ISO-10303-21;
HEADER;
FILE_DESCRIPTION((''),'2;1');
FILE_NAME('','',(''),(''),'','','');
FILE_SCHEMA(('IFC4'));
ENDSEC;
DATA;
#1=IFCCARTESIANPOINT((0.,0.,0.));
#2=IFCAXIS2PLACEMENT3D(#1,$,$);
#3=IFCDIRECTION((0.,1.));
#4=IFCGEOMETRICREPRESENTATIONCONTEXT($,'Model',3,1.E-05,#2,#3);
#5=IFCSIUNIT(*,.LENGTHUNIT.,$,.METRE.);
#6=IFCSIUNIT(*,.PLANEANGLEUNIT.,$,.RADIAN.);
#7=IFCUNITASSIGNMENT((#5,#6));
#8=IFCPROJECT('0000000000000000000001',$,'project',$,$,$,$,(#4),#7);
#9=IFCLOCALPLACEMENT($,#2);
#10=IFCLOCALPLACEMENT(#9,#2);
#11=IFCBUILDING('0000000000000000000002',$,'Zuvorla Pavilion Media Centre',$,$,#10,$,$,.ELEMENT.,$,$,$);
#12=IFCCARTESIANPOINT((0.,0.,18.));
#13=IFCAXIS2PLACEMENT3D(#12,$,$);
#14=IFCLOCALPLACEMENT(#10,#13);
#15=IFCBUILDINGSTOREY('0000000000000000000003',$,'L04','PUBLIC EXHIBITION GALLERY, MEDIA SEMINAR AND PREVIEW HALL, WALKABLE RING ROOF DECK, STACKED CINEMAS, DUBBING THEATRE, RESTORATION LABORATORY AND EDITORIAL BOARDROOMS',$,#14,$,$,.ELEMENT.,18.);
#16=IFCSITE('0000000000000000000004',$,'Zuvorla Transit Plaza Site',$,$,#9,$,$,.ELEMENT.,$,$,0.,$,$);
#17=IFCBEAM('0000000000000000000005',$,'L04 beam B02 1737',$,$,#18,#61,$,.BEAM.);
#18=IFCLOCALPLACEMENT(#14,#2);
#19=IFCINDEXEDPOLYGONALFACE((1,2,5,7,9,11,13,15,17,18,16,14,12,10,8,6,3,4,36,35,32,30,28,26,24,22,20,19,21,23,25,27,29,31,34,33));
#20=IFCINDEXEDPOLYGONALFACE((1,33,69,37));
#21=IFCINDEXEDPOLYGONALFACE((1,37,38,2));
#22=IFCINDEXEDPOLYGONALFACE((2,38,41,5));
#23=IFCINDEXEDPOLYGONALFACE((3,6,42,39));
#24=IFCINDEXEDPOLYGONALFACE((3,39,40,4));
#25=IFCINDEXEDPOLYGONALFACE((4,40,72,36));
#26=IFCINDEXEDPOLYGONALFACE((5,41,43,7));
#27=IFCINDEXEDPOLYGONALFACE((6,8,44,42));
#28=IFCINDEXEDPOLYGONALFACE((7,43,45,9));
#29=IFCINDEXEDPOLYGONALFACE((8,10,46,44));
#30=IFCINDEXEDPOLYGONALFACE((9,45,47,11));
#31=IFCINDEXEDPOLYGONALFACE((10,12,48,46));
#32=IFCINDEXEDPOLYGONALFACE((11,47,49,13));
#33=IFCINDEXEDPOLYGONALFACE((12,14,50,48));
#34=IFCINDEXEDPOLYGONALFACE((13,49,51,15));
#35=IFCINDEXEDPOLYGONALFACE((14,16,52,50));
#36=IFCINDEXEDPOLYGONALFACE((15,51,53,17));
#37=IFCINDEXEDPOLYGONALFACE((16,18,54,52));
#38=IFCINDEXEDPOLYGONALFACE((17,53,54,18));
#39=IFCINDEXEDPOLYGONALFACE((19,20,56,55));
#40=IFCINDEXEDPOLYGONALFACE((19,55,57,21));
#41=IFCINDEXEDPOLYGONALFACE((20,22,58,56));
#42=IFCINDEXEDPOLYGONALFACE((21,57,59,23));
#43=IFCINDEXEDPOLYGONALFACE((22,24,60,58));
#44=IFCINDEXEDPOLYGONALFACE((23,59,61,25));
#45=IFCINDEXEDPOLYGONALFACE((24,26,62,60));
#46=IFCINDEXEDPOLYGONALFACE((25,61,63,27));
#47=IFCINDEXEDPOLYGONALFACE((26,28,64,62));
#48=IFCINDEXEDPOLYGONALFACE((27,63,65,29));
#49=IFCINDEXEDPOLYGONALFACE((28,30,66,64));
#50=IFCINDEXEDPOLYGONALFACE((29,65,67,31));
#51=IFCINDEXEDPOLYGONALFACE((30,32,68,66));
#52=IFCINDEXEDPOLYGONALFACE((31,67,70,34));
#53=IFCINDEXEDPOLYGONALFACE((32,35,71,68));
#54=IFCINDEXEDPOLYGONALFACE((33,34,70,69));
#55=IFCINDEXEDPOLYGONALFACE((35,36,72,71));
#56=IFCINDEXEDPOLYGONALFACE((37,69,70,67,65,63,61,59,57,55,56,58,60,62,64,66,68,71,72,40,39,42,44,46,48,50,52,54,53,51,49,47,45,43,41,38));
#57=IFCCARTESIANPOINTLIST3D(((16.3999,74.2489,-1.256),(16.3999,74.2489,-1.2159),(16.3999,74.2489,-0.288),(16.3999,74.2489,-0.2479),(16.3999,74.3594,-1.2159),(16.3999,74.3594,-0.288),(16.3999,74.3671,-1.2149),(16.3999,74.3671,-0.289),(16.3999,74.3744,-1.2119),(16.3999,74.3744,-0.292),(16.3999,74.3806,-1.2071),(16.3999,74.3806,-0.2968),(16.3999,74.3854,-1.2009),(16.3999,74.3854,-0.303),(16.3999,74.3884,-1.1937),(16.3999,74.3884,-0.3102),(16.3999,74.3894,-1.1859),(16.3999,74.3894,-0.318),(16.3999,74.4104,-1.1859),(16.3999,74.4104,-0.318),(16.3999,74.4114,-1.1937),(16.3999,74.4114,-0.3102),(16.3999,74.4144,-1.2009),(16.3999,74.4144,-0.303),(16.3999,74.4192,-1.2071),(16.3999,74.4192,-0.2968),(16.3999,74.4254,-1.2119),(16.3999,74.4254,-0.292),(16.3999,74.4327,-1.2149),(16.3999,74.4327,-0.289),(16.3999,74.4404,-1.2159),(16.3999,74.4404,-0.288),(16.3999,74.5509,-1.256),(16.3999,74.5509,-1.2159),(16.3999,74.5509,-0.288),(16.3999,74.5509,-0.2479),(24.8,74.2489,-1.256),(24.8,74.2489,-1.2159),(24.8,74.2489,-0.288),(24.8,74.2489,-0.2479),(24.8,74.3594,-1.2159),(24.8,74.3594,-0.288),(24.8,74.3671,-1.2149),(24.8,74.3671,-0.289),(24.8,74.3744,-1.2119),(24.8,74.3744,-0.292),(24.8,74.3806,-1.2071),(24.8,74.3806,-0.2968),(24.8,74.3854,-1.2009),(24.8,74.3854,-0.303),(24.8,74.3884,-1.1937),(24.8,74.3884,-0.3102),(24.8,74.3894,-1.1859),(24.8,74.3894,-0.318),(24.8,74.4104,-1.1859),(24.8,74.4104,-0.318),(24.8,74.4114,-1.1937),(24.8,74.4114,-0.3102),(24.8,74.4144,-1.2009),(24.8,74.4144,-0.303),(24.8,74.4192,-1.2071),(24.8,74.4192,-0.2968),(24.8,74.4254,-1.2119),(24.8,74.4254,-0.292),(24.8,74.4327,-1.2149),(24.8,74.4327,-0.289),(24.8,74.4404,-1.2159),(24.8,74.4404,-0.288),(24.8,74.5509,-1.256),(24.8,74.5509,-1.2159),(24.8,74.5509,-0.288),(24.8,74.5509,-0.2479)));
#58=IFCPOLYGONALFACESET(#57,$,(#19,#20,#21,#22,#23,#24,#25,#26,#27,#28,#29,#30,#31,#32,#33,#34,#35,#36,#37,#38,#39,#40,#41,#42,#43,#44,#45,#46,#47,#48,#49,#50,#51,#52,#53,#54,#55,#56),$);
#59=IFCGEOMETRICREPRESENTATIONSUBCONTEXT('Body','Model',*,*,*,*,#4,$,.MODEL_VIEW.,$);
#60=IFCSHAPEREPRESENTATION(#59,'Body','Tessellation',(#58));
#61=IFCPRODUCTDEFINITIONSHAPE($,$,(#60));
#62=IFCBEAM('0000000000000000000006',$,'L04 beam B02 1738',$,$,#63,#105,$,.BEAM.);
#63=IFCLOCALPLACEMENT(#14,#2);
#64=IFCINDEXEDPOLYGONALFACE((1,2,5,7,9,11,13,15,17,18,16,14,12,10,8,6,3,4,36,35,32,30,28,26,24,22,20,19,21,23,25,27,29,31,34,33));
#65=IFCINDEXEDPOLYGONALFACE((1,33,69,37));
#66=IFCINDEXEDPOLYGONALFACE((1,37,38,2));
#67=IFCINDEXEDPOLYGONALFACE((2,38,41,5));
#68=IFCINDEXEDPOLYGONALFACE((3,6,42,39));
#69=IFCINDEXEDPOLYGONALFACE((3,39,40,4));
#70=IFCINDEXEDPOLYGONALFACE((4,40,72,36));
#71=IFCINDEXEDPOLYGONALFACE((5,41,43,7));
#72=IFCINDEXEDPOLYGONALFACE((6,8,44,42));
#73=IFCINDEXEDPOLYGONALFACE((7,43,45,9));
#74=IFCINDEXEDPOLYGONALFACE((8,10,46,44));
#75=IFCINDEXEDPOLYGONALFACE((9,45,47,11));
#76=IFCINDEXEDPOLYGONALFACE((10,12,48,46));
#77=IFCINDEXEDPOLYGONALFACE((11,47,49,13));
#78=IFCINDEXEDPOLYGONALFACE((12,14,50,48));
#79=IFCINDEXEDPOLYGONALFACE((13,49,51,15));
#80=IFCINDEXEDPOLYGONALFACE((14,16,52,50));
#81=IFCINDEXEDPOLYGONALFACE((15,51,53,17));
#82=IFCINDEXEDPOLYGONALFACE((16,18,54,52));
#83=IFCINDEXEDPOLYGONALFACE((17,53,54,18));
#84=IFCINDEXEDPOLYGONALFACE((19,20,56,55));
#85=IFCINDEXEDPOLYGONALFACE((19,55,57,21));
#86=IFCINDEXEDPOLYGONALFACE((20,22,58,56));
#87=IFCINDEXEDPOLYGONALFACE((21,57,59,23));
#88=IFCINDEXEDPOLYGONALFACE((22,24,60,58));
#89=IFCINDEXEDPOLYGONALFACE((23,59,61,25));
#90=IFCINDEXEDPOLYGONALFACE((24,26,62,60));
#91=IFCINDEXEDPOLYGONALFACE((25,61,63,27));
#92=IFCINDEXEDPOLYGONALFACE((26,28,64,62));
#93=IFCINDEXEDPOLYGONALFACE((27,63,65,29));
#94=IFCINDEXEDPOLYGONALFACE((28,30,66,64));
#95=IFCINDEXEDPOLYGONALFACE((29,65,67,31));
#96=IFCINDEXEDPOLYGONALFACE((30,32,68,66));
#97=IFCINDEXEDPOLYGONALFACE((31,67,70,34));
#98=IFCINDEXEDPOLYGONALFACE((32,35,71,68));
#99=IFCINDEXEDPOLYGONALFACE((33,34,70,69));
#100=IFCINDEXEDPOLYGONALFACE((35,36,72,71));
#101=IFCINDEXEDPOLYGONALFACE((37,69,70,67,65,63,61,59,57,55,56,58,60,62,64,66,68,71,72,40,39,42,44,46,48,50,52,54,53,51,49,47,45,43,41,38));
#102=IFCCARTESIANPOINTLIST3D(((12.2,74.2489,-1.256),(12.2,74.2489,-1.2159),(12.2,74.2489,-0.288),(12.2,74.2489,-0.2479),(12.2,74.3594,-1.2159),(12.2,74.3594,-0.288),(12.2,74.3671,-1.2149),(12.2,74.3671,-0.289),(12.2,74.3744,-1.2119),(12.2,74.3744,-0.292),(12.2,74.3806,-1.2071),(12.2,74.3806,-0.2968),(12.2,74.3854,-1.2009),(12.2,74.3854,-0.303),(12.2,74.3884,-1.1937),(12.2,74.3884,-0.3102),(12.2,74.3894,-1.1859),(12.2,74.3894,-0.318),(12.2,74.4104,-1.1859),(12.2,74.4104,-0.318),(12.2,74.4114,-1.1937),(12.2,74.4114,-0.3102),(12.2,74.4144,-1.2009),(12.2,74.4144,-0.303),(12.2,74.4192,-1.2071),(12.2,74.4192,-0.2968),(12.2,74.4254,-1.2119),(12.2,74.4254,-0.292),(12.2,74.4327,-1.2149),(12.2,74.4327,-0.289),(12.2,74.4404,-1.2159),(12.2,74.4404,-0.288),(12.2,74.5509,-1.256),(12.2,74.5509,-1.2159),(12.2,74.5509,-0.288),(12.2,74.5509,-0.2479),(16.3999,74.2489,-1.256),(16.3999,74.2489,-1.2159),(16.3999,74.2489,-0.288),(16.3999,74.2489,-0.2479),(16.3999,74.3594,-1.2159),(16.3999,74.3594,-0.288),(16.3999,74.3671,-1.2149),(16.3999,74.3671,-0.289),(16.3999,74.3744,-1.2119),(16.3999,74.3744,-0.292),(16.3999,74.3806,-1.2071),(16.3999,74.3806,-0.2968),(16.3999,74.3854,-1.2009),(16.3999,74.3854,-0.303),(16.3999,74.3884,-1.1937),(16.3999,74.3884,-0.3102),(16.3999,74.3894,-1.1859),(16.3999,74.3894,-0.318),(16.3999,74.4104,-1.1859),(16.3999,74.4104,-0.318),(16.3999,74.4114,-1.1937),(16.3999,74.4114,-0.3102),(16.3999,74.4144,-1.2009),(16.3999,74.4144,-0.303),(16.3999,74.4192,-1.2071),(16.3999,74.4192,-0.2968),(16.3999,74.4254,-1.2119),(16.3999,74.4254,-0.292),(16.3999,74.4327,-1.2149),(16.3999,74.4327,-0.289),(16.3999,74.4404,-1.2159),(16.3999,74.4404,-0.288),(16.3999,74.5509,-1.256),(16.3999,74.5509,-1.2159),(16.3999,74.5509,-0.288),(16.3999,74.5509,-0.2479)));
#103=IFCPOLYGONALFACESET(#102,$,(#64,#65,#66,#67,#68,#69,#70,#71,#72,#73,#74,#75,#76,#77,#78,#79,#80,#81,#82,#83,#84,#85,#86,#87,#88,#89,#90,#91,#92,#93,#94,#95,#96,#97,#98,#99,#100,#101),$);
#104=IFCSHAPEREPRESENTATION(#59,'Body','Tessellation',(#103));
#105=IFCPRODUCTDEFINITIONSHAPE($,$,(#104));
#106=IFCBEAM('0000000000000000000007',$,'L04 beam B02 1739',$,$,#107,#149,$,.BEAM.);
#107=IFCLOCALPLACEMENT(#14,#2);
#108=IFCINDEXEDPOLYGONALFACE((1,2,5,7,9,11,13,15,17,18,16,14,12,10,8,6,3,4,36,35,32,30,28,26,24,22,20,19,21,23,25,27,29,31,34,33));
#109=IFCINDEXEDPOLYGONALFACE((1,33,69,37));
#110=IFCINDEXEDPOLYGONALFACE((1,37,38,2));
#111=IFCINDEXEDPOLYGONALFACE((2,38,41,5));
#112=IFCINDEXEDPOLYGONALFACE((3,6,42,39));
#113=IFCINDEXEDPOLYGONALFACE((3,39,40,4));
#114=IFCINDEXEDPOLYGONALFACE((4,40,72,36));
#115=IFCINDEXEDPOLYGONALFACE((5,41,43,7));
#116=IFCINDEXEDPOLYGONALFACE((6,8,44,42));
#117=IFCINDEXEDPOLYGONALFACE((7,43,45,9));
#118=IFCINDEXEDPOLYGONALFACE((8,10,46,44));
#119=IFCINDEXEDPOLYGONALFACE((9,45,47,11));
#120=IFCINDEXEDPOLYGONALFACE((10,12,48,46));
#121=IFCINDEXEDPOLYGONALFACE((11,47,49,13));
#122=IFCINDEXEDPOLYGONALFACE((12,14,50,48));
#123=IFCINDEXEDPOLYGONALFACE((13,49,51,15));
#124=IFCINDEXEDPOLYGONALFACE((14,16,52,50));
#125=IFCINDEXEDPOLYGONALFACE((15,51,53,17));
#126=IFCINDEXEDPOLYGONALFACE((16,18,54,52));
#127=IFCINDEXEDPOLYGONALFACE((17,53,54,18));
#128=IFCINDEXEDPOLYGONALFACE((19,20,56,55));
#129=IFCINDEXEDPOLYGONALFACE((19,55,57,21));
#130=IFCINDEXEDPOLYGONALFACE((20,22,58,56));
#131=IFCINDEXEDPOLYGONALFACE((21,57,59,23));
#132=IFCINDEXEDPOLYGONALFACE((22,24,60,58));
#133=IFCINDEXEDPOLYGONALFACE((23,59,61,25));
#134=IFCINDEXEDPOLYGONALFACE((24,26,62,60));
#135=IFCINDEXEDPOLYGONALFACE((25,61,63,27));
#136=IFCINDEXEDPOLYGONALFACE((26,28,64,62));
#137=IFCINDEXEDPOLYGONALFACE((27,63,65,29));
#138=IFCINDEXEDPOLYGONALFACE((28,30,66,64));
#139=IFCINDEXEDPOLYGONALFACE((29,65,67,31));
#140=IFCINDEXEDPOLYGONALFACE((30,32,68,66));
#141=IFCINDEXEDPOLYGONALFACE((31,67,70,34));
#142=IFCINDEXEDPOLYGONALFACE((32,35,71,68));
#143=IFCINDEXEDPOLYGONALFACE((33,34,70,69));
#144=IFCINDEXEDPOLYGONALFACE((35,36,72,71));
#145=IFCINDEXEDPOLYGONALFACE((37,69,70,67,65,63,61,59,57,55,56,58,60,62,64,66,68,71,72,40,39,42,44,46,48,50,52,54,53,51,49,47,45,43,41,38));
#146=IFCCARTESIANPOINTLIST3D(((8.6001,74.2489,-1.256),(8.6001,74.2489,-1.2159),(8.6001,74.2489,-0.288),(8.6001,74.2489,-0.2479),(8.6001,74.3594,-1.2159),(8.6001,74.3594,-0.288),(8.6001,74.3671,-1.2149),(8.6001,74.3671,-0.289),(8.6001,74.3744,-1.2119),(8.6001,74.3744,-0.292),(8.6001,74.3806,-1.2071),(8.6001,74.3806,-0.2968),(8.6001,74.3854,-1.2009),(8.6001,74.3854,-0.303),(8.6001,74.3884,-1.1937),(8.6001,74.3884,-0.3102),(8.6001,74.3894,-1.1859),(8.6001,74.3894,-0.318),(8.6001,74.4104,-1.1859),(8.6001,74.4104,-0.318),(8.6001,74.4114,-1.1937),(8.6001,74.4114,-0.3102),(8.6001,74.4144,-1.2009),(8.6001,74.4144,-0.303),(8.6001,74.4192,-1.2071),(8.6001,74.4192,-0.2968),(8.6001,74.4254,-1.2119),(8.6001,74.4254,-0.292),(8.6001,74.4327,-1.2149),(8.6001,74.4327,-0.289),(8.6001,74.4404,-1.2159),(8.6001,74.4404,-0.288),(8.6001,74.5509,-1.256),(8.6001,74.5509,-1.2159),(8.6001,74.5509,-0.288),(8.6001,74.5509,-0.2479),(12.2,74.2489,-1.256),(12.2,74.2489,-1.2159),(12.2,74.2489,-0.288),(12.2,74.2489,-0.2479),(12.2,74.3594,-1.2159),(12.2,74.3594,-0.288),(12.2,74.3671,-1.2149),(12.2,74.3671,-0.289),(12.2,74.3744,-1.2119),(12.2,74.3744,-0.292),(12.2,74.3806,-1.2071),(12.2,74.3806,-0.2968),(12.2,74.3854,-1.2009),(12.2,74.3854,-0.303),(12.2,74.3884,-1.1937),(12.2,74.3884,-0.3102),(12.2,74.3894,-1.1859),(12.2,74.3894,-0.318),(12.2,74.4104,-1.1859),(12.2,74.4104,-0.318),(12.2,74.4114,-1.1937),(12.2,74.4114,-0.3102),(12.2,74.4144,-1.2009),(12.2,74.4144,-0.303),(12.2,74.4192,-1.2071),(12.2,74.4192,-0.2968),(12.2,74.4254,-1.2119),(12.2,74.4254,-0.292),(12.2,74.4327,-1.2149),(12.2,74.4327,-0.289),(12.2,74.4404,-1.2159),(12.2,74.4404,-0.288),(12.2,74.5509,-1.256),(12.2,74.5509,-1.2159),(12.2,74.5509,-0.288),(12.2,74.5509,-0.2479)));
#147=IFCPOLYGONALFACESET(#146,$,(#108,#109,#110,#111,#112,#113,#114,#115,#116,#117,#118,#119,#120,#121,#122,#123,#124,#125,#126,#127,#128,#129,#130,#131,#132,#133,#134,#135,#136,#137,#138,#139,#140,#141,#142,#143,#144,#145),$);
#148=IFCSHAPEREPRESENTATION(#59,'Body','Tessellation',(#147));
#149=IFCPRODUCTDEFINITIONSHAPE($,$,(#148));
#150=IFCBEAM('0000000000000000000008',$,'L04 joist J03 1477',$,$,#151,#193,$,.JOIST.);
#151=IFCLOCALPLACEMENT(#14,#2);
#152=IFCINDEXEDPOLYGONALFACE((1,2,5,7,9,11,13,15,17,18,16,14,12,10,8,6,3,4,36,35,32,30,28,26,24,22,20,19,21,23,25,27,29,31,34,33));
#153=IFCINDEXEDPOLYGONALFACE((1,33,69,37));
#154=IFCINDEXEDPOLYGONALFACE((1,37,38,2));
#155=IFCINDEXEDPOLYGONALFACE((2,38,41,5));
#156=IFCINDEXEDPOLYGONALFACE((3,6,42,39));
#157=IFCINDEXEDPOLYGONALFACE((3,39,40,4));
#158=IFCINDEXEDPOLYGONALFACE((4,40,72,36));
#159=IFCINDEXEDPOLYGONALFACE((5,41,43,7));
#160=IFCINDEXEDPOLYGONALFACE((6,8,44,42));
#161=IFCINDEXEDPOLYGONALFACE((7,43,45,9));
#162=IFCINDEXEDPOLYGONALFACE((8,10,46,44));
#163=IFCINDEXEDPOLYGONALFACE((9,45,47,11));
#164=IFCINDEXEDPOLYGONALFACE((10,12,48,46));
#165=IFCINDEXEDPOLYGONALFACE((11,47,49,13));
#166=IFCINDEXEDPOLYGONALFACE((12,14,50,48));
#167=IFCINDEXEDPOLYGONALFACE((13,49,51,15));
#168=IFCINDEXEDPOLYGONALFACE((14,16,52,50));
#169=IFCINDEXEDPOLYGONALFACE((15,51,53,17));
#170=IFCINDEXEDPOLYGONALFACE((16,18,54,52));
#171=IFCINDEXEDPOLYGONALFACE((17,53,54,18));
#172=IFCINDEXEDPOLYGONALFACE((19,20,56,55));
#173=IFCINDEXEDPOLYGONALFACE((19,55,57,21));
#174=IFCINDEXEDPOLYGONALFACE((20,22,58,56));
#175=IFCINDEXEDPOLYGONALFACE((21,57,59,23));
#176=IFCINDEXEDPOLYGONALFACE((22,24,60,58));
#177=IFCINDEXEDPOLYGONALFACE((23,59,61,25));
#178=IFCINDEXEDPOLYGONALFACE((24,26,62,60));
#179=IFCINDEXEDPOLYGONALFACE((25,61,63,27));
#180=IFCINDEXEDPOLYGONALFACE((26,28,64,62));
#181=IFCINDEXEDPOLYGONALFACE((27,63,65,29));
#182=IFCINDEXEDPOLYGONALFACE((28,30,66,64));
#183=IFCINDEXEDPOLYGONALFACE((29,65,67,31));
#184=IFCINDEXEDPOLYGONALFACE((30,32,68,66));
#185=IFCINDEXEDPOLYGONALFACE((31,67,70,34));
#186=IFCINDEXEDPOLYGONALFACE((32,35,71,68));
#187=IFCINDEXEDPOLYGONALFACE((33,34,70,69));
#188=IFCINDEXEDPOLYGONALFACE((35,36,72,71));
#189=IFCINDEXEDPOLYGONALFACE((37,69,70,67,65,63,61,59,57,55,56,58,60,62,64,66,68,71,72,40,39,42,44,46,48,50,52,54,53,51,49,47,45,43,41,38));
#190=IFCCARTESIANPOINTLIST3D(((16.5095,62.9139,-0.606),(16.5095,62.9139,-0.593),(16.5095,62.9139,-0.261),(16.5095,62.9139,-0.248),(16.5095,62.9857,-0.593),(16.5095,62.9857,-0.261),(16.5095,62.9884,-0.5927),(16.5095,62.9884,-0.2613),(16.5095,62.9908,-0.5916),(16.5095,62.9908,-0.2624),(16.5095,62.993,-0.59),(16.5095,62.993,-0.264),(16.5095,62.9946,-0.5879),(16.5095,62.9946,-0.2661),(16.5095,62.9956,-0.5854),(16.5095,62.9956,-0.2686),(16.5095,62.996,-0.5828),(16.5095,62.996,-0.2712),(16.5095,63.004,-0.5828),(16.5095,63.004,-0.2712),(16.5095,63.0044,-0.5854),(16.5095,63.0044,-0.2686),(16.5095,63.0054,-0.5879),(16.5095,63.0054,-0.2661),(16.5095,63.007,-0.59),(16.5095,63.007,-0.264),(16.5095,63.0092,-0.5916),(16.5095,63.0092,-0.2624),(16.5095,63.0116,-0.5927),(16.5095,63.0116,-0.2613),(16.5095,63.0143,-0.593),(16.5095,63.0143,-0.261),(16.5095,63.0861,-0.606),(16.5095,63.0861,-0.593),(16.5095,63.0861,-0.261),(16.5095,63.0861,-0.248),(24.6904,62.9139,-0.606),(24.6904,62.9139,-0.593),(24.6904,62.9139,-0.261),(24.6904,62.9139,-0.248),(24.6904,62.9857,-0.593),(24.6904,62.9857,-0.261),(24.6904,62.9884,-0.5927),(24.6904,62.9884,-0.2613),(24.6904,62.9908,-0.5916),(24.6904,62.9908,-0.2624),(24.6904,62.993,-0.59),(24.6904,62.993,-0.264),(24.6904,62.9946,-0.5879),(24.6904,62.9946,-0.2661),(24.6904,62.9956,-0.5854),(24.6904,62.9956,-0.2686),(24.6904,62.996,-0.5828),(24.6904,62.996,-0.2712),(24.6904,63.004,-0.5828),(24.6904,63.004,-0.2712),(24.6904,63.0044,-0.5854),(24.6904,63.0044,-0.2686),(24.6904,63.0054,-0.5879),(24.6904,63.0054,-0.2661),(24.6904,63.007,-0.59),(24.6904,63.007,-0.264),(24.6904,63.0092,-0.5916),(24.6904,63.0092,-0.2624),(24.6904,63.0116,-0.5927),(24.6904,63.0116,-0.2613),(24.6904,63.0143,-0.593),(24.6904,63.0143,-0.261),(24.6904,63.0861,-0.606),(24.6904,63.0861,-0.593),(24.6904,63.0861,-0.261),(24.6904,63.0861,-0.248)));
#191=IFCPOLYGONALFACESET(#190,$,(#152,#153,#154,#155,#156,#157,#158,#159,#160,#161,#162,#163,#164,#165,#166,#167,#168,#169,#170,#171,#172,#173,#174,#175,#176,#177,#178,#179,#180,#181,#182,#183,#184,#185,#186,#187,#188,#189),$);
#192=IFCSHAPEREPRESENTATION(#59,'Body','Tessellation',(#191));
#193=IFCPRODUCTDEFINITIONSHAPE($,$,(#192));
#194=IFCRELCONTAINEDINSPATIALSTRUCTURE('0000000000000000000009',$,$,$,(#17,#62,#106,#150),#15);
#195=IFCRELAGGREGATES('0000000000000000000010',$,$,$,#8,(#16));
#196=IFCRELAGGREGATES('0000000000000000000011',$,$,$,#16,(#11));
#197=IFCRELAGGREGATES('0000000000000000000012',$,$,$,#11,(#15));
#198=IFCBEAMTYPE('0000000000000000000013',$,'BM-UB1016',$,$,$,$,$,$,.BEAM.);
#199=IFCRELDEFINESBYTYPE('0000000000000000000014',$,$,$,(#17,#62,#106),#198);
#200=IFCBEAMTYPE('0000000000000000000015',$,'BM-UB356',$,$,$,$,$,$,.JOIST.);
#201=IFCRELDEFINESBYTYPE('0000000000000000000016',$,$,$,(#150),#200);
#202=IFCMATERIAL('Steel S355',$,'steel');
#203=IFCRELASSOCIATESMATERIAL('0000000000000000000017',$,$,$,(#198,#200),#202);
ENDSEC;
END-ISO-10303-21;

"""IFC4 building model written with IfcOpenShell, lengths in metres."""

from ifc_helpers import new_model, si_unit, direction, frame, origin, origin_2d, place, context, subcontext, project, spatial, i_section, extrude, material, material_profile, profile_set, type_object, element, save


model = new_model("IFC4")

# Units and contexts
model_context = context("Model", 3, precision=1e-05, world=origin(), true_north=direction((0.0, 1.0)))
body_context = subcontext(model_context, "Body", "Model", "MODEL_VIEW")
ifc_project = project(units=[si_unit("LENGTHUNIT", "METRE"), si_unit("PLANEANGLEUNIT", "RADIAN")], contexts=[model_context])

# Site, building, storey
site_placement = place(None, origin())
site = spatial("IfcSite", under=ifc_project, at=site_placement, Name="Zuvorla Transit Plaza Site", CompositionType="ELEMENT", RefElevation=0.0)
building_placement = place(site_placement, origin())
building = spatial("IfcBuilding", under=site, at=building_placement, Name="Zuvorla Pavilion Media Centre", CompositionType="ELEMENT")
storey_placement = place(building_placement, frame((0.0, 0.0, 18.0)))
storey = spatial("IfcBuildingStorey", under=building, at=storey_placement, Name="L04", Description="PUBLIC EXHIBITION GALLERY, MEDIA SEMINAR AND PREVIEW HALL, WALKABLE RING ROOF DECK, STACKED CINEMAS, DUBBING THEATRE, RESTORATION LABORATORY AND EDITORIAL BOARDROOMS", CompositionType="ELEMENT", Elevation=18.0)

# Beams
ifc_material = material(Name="Steel S355", Category="steel")
ifc_material_profile_1 = material_profile(ifc_material, i_section(OverallWidth=0.302, OverallDepth=1.0081, WebThickness=0.021, FlangeThickness=0.04, FilletRadius=0.03, at=origin_2d()), Name="UB 1016x305x349")
ifc_profile_set_1 = profile_set([ifc_material_profile_1], Name="Steel S355")
beam_type_1 = type_object("IfcBeamType", Name="BM-UB1016", PredefinedType="BEAM", material=ifc_profile_set_1)
beam_1_placement = place(storey_placement, frame((24.8, 74.3999, -0.752), z_axis=(-1.0, 0.0, 0.0), x_axis=(0.0, -1.0, 0.0)))
element("IfcBeam", 1, at=beam_1_placement, inside=storey, type_object=beam_type_1, Name="L04 beam B02 1737", PredefinedType="BEAM", context=body_context, shape_type="SweptSolid", body=[
    extrude(i_section(OverallWidth=0.302, OverallDepth=1.0081, WebThickness=0.021, FlangeThickness=0.04, FilletRadius=0.03, at=origin_2d()), origin(), (0.0, 0.0, 1.0), 8.4001),
])
beam_2_placement = place(storey_placement, frame((16.3999, 74.3999, -0.752), z_axis=(-1.0, 0.0, 0.0), x_axis=(0.0, -1.0, 0.0)))
element("IfcBeam", 2, at=beam_2_placement, inside=storey, type_object=beam_type_1, Name="L04 beam B02 1738", PredefinedType="BEAM", context=body_context, shape_type="SweptSolid", body=[
    extrude(i_section(OverallWidth=0.302, OverallDepth=1.0081, WebThickness=0.021, FlangeThickness=0.04, FilletRadius=0.03, at=origin_2d()), origin(), (0.0, 0.0, 1.0), 4.2),
])
beam_3_placement = place(storey_placement, frame((12.2, 74.3999, -0.752), z_axis=(-1.0, 0.0, 0.0), x_axis=(0.0, -1.0, 0.0)))
element("IfcBeam", 3, at=beam_3_placement, inside=storey, type_object=beam_type_1, Name="L04 beam B02 1739", PredefinedType="BEAM", context=body_context, shape_type="SweptSolid", body=[
    extrude(i_section(OverallWidth=0.302, OverallDepth=1.0081, WebThickness=0.021, FlangeThickness=0.04, FilletRadius=0.03, at=origin_2d()), origin(), (0.0, 0.0, 1.0), 3.5999),
])
ifc_material_profile_2 = material_profile(ifc_material, i_section(OverallWidth=0.1721, OverallDepth=0.3579, WebThickness=0.0081, FlangeThickness=0.0129, FilletRadius=0.0103, at=origin_2d()), Name="UB 356x171x57")
ifc_profile_set_2 = profile_set([ifc_material_profile_2], Name="Steel S355")
beam_type_2 = type_object("IfcBeamType", Name="BM-UB356", PredefinedType="JOIST", material=ifc_profile_set_2)
for number, where, z_axis, x_axis, name in (
    (4, (16.5095, 63.0, -0.427), (1.0, 0.0, 0.0), (0.0, 1.0, 0.0), "L04 joist J03 1477"),
):
    element("IfcBeam", number, at=place(storey_placement, frame(where, z_axis=z_axis, x_axis=x_axis)), inside=storey, type_object=beam_type_2, Name=name, PredefinedType="JOIST", context=body_context, shape_type="SweptSolid", body=[
        extrude(i_section(OverallWidth=0.1721, OverallDepth=0.3579, WebThickness=0.0081, FlangeThickness=0.0129, FilletRadius=0.0103, at=origin_2d()), origin(), (0.0, 0.0, 1.0), 8.1809),
    ])

save(model, "model.ifc")
